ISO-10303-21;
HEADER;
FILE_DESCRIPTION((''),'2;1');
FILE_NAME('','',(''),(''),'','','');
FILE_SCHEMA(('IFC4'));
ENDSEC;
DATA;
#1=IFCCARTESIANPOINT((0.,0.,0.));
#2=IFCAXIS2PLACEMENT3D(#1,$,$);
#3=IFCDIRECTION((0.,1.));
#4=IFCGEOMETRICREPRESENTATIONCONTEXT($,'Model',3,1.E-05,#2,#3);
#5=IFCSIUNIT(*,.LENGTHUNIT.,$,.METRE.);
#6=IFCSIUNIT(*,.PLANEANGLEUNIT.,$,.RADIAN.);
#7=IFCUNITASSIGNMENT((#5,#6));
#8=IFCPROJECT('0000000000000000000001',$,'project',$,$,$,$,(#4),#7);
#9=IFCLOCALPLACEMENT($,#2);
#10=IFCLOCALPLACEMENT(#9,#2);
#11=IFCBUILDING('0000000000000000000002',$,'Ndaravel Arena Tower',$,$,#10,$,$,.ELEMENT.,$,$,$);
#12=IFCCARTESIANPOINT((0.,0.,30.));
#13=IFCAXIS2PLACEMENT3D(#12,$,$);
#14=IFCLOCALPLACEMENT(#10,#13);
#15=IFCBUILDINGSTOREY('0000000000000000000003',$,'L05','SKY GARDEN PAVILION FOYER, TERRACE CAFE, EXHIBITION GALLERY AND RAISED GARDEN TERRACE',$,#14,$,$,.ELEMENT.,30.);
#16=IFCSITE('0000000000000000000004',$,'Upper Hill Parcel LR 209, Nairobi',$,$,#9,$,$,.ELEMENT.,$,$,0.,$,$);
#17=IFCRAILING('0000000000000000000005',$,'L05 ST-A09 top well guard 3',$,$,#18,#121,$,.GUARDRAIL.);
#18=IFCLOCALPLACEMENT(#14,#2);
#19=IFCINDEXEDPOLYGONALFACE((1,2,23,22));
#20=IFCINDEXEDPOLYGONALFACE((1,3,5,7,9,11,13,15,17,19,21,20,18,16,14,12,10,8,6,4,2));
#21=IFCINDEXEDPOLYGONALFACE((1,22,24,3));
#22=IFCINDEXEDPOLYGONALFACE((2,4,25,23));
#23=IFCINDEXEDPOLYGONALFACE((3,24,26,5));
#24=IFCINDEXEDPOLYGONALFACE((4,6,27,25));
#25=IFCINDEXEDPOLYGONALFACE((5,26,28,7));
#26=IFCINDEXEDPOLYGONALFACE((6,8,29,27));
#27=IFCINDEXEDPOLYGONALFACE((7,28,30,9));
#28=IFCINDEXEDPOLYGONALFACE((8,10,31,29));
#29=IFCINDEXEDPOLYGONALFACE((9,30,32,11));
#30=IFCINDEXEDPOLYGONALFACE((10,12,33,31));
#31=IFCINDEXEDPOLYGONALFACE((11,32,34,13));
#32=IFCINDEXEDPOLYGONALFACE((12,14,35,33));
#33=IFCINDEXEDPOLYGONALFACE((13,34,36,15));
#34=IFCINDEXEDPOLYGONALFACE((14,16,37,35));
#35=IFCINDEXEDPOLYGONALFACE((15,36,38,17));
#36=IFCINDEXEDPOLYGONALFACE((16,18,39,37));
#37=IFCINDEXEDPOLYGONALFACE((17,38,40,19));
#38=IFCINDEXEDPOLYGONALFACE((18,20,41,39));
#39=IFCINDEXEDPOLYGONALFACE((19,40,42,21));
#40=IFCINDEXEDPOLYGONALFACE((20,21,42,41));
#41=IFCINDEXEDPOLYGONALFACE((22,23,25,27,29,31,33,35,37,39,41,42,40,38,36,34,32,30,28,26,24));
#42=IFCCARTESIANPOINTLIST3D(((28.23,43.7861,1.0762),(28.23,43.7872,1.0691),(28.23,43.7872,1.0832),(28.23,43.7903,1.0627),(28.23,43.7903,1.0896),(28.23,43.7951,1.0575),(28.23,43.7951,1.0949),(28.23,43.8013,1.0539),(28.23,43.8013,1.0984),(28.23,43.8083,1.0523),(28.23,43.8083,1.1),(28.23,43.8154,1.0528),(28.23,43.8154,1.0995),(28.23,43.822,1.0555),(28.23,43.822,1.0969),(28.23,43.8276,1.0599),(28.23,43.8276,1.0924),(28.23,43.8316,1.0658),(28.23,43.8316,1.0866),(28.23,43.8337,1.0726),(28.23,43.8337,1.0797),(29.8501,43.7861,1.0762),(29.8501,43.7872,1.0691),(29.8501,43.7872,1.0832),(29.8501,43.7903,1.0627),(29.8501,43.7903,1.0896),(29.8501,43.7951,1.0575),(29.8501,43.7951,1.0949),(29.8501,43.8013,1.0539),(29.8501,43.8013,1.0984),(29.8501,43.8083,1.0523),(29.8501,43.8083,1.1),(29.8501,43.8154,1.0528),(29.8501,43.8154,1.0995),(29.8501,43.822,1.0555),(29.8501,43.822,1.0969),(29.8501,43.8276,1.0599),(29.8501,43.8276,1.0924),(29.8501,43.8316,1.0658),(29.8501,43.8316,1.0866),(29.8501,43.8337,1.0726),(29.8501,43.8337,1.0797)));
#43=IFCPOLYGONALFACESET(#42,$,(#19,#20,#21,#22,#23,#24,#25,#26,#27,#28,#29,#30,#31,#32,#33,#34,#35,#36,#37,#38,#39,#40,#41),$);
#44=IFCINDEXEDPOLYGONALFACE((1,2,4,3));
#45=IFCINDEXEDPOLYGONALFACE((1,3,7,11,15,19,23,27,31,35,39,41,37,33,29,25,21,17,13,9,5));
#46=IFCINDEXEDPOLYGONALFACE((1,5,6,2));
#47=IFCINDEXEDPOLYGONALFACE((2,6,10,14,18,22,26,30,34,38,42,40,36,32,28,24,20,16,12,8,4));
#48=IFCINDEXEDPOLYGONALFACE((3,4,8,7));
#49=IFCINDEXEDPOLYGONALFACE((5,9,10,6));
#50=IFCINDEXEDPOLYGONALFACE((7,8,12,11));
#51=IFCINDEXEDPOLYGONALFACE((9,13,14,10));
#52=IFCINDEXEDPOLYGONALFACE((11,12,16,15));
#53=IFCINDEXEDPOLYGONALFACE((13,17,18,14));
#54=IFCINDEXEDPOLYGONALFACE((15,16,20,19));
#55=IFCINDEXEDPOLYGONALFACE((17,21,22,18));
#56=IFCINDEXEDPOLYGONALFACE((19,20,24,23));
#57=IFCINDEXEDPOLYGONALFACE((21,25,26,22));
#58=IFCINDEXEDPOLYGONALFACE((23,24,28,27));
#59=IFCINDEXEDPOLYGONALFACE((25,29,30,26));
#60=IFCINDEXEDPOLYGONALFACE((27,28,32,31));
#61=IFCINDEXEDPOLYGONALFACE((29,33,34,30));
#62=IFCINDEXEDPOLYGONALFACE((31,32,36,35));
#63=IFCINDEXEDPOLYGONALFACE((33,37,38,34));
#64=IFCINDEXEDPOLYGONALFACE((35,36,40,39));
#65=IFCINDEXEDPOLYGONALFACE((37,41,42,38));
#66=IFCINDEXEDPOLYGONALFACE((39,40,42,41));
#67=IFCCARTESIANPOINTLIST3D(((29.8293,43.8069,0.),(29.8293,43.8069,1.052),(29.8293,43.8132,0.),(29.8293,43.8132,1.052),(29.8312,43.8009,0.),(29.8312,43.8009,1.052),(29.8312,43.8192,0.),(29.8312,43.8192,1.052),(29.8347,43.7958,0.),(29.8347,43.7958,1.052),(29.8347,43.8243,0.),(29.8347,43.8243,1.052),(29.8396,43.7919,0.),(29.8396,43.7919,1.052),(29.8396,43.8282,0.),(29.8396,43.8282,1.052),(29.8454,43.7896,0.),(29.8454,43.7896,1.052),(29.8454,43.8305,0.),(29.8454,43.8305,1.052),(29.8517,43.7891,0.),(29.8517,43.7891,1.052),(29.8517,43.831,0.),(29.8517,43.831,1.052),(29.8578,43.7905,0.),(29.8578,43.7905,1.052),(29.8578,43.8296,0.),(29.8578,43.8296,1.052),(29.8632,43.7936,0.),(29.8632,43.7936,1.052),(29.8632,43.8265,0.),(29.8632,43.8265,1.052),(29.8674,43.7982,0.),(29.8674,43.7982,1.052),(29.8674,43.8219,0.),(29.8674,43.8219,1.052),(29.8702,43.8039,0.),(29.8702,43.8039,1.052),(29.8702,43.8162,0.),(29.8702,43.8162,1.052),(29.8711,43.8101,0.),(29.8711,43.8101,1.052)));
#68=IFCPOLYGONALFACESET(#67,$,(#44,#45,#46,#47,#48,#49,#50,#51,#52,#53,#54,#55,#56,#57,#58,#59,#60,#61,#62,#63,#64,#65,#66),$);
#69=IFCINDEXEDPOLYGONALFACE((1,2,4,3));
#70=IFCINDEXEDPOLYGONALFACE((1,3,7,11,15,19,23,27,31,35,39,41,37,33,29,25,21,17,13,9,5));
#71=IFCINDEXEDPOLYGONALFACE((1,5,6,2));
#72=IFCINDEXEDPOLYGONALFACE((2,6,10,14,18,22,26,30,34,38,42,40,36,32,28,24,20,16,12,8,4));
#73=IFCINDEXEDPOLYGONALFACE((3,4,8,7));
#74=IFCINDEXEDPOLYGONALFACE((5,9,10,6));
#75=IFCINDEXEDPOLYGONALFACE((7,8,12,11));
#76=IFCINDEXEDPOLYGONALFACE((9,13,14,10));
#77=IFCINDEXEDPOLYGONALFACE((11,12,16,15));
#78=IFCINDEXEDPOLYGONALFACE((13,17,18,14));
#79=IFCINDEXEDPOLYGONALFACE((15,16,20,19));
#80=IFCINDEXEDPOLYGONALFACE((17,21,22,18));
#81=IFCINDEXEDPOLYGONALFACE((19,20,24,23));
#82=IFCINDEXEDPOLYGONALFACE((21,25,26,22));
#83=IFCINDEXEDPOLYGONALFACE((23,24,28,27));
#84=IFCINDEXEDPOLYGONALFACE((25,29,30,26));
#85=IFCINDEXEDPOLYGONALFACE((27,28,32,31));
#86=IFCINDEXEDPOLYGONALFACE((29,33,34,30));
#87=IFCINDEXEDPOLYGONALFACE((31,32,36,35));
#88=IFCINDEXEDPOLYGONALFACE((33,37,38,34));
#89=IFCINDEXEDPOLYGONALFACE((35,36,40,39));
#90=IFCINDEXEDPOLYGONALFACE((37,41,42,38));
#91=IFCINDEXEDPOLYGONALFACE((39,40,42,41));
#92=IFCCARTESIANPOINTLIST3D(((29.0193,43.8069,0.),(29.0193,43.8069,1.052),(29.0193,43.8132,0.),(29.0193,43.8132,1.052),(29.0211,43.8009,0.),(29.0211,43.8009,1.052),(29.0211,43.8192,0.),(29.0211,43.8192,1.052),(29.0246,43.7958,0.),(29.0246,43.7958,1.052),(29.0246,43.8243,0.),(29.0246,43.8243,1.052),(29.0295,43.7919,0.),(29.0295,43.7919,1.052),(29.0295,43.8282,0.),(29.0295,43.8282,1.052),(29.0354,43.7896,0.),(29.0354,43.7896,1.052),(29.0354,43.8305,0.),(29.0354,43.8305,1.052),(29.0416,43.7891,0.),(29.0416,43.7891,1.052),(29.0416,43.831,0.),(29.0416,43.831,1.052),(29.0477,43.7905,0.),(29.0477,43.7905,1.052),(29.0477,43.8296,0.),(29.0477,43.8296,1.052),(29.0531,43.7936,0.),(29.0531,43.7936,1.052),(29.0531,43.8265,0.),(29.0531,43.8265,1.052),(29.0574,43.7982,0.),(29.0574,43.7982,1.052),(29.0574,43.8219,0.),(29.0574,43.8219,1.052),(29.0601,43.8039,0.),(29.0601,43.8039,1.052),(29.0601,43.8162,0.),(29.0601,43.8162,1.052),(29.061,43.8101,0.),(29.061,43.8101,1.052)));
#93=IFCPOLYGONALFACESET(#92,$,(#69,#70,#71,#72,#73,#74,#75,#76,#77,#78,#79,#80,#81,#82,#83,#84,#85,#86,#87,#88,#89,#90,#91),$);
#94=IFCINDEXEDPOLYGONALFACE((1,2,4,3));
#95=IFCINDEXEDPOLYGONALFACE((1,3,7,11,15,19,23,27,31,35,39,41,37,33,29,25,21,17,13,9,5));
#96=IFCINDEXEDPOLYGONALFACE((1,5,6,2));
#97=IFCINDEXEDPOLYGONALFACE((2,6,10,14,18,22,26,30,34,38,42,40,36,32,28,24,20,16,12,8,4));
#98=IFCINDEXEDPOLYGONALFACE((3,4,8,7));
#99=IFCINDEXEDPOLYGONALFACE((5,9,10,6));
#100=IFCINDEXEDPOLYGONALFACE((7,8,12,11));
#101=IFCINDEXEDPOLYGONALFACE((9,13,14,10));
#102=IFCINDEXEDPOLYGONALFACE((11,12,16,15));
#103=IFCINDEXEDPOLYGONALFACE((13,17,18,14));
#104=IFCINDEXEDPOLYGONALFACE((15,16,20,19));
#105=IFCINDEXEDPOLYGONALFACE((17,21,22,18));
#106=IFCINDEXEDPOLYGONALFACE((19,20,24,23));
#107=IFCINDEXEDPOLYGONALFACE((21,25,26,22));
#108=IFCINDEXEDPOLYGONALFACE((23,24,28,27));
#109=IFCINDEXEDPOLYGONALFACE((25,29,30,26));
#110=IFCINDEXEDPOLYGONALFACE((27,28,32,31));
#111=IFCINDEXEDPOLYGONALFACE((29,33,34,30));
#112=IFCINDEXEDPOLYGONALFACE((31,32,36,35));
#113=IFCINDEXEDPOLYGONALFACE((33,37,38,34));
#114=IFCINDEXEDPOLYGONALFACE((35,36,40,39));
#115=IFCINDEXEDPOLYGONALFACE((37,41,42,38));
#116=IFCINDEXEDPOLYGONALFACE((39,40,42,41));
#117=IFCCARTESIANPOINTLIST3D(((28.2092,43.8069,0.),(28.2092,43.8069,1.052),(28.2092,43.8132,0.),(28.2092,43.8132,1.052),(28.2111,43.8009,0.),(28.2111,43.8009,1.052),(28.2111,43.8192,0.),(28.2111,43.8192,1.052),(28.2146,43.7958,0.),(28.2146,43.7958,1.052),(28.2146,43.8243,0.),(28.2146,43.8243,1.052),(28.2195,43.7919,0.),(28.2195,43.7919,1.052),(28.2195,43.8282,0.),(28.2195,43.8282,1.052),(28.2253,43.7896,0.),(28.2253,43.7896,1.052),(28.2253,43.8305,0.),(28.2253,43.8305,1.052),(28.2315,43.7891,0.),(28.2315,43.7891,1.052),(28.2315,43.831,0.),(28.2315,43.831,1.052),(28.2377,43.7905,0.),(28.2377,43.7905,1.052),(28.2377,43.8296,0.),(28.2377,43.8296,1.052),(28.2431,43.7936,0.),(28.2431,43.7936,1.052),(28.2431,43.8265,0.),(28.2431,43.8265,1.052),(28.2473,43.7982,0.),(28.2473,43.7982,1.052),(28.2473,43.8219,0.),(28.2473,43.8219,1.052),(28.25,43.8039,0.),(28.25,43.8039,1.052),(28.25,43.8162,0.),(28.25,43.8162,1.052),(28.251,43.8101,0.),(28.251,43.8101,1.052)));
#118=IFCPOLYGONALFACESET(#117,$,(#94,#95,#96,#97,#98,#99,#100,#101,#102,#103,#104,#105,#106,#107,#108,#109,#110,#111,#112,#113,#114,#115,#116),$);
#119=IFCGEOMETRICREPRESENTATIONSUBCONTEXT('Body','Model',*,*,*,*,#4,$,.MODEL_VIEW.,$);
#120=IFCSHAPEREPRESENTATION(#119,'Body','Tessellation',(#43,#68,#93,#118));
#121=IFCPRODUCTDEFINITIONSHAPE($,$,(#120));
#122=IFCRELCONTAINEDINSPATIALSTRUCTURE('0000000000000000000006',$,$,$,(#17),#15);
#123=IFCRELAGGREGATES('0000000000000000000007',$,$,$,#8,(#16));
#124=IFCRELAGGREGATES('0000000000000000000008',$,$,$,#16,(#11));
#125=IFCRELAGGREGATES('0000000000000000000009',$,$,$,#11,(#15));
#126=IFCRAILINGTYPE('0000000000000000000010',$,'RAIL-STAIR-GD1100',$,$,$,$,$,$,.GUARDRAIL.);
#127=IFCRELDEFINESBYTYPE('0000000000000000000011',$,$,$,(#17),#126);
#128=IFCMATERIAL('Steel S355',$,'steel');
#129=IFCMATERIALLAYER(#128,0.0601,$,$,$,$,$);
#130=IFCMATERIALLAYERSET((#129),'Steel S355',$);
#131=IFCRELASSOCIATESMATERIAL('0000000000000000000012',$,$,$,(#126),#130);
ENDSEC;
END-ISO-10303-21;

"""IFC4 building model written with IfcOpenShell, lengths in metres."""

from ifc_helpers import new_model, si_unit, direction, frame, origin, origin_2d, place, context, subcontext, project, spatial, circle, extrude, material, layer, layer_set, type_object, element, save


model = new_model("IFC4")

# Units and contexts
model_context = context("Model", 3, precision=1e-05, world=origin(), true_north=direction((0.0, 1.0)))
body_context = subcontext(model_context, "Body", "Model", "MODEL_VIEW")
ifc_project = project(units=[si_unit("LENGTHUNIT", "METRE"), si_unit("PLANEANGLEUNIT", "RADIAN")], contexts=[model_context])

# Site, building, storey
site_placement = place(None, origin())
site = spatial("IfcSite", under=ifc_project, at=site_placement, Name="Upper Hill Parcel LR 209, Nairobi", CompositionType="ELEMENT", RefElevation=0.0)
building_placement = place(site_placement, origin())
building = spatial("IfcBuilding", under=site, at=building_placement, Name="Ndaravel Arena Tower", CompositionType="ELEMENT")
storey_placement = place(building_placement, frame((0.0, 0.0, 30.0)))
storey = spatial("IfcBuildingStorey", under=building, at=storey_placement, Name="L05", Description="SKY GARDEN PAVILION FOYER, TERRACE CAFE, EXHIBITION GALLERY AND RAISED GARDEN TERRACE", CompositionType="ELEMENT", Elevation=30.0)

# Railing
ifc_material_1 = material(Name="Steel S355", Category="steel")
ifc_layer_1 = layer(ifc_material_1, 0.0601)
ifc_layer_set_1 = layer_set([ifc_layer_1], Name="Steel S355")
railing_type = type_object("IfcRailingType", Name="RAIL-STAIR-GD1100", PredefinedType="GUARDRAIL", material=ifc_layer_set_1)
for number, where, name in (
    (1, (29.8501, 43.8101, 0.0), "L05 ST-A09 top well guard 3"),
):
    element("IfcRailing", number, at=place(storey_placement, frame(where)), inside=storey, type_object=railing_type, Name=name, PredefinedType="GUARDRAIL", context=body_context, shape_type="SweptSolid", body=[
        extrude(circle(Radius=0.0239, at=origin_2d()), frame((0.0, 0.0, 1.0762), z_axis=(-1.0, 0.0, 0.0), x_axis=(0.0, -1.0, 0.0)), (0.0, 0.0, 1.0), 1.6201),
        extrude(circle(Radius=0.021, at=origin_2d()), origin(), (0.0, 0.0, 1.0), 1.052),
        extrude(circle(Radius=0.021, at=origin_2d()), frame((-0.8101, 0.0, 0.0)), (0.0, 0.0, 1.0), 1.052),
        extrude(circle(Radius=0.021, at=origin_2d()), frame((-1.6201, 0.0, 0.0)), (0.0, 0.0, 1.0), 1.052),
    ])

save(model, "model.ifc")
